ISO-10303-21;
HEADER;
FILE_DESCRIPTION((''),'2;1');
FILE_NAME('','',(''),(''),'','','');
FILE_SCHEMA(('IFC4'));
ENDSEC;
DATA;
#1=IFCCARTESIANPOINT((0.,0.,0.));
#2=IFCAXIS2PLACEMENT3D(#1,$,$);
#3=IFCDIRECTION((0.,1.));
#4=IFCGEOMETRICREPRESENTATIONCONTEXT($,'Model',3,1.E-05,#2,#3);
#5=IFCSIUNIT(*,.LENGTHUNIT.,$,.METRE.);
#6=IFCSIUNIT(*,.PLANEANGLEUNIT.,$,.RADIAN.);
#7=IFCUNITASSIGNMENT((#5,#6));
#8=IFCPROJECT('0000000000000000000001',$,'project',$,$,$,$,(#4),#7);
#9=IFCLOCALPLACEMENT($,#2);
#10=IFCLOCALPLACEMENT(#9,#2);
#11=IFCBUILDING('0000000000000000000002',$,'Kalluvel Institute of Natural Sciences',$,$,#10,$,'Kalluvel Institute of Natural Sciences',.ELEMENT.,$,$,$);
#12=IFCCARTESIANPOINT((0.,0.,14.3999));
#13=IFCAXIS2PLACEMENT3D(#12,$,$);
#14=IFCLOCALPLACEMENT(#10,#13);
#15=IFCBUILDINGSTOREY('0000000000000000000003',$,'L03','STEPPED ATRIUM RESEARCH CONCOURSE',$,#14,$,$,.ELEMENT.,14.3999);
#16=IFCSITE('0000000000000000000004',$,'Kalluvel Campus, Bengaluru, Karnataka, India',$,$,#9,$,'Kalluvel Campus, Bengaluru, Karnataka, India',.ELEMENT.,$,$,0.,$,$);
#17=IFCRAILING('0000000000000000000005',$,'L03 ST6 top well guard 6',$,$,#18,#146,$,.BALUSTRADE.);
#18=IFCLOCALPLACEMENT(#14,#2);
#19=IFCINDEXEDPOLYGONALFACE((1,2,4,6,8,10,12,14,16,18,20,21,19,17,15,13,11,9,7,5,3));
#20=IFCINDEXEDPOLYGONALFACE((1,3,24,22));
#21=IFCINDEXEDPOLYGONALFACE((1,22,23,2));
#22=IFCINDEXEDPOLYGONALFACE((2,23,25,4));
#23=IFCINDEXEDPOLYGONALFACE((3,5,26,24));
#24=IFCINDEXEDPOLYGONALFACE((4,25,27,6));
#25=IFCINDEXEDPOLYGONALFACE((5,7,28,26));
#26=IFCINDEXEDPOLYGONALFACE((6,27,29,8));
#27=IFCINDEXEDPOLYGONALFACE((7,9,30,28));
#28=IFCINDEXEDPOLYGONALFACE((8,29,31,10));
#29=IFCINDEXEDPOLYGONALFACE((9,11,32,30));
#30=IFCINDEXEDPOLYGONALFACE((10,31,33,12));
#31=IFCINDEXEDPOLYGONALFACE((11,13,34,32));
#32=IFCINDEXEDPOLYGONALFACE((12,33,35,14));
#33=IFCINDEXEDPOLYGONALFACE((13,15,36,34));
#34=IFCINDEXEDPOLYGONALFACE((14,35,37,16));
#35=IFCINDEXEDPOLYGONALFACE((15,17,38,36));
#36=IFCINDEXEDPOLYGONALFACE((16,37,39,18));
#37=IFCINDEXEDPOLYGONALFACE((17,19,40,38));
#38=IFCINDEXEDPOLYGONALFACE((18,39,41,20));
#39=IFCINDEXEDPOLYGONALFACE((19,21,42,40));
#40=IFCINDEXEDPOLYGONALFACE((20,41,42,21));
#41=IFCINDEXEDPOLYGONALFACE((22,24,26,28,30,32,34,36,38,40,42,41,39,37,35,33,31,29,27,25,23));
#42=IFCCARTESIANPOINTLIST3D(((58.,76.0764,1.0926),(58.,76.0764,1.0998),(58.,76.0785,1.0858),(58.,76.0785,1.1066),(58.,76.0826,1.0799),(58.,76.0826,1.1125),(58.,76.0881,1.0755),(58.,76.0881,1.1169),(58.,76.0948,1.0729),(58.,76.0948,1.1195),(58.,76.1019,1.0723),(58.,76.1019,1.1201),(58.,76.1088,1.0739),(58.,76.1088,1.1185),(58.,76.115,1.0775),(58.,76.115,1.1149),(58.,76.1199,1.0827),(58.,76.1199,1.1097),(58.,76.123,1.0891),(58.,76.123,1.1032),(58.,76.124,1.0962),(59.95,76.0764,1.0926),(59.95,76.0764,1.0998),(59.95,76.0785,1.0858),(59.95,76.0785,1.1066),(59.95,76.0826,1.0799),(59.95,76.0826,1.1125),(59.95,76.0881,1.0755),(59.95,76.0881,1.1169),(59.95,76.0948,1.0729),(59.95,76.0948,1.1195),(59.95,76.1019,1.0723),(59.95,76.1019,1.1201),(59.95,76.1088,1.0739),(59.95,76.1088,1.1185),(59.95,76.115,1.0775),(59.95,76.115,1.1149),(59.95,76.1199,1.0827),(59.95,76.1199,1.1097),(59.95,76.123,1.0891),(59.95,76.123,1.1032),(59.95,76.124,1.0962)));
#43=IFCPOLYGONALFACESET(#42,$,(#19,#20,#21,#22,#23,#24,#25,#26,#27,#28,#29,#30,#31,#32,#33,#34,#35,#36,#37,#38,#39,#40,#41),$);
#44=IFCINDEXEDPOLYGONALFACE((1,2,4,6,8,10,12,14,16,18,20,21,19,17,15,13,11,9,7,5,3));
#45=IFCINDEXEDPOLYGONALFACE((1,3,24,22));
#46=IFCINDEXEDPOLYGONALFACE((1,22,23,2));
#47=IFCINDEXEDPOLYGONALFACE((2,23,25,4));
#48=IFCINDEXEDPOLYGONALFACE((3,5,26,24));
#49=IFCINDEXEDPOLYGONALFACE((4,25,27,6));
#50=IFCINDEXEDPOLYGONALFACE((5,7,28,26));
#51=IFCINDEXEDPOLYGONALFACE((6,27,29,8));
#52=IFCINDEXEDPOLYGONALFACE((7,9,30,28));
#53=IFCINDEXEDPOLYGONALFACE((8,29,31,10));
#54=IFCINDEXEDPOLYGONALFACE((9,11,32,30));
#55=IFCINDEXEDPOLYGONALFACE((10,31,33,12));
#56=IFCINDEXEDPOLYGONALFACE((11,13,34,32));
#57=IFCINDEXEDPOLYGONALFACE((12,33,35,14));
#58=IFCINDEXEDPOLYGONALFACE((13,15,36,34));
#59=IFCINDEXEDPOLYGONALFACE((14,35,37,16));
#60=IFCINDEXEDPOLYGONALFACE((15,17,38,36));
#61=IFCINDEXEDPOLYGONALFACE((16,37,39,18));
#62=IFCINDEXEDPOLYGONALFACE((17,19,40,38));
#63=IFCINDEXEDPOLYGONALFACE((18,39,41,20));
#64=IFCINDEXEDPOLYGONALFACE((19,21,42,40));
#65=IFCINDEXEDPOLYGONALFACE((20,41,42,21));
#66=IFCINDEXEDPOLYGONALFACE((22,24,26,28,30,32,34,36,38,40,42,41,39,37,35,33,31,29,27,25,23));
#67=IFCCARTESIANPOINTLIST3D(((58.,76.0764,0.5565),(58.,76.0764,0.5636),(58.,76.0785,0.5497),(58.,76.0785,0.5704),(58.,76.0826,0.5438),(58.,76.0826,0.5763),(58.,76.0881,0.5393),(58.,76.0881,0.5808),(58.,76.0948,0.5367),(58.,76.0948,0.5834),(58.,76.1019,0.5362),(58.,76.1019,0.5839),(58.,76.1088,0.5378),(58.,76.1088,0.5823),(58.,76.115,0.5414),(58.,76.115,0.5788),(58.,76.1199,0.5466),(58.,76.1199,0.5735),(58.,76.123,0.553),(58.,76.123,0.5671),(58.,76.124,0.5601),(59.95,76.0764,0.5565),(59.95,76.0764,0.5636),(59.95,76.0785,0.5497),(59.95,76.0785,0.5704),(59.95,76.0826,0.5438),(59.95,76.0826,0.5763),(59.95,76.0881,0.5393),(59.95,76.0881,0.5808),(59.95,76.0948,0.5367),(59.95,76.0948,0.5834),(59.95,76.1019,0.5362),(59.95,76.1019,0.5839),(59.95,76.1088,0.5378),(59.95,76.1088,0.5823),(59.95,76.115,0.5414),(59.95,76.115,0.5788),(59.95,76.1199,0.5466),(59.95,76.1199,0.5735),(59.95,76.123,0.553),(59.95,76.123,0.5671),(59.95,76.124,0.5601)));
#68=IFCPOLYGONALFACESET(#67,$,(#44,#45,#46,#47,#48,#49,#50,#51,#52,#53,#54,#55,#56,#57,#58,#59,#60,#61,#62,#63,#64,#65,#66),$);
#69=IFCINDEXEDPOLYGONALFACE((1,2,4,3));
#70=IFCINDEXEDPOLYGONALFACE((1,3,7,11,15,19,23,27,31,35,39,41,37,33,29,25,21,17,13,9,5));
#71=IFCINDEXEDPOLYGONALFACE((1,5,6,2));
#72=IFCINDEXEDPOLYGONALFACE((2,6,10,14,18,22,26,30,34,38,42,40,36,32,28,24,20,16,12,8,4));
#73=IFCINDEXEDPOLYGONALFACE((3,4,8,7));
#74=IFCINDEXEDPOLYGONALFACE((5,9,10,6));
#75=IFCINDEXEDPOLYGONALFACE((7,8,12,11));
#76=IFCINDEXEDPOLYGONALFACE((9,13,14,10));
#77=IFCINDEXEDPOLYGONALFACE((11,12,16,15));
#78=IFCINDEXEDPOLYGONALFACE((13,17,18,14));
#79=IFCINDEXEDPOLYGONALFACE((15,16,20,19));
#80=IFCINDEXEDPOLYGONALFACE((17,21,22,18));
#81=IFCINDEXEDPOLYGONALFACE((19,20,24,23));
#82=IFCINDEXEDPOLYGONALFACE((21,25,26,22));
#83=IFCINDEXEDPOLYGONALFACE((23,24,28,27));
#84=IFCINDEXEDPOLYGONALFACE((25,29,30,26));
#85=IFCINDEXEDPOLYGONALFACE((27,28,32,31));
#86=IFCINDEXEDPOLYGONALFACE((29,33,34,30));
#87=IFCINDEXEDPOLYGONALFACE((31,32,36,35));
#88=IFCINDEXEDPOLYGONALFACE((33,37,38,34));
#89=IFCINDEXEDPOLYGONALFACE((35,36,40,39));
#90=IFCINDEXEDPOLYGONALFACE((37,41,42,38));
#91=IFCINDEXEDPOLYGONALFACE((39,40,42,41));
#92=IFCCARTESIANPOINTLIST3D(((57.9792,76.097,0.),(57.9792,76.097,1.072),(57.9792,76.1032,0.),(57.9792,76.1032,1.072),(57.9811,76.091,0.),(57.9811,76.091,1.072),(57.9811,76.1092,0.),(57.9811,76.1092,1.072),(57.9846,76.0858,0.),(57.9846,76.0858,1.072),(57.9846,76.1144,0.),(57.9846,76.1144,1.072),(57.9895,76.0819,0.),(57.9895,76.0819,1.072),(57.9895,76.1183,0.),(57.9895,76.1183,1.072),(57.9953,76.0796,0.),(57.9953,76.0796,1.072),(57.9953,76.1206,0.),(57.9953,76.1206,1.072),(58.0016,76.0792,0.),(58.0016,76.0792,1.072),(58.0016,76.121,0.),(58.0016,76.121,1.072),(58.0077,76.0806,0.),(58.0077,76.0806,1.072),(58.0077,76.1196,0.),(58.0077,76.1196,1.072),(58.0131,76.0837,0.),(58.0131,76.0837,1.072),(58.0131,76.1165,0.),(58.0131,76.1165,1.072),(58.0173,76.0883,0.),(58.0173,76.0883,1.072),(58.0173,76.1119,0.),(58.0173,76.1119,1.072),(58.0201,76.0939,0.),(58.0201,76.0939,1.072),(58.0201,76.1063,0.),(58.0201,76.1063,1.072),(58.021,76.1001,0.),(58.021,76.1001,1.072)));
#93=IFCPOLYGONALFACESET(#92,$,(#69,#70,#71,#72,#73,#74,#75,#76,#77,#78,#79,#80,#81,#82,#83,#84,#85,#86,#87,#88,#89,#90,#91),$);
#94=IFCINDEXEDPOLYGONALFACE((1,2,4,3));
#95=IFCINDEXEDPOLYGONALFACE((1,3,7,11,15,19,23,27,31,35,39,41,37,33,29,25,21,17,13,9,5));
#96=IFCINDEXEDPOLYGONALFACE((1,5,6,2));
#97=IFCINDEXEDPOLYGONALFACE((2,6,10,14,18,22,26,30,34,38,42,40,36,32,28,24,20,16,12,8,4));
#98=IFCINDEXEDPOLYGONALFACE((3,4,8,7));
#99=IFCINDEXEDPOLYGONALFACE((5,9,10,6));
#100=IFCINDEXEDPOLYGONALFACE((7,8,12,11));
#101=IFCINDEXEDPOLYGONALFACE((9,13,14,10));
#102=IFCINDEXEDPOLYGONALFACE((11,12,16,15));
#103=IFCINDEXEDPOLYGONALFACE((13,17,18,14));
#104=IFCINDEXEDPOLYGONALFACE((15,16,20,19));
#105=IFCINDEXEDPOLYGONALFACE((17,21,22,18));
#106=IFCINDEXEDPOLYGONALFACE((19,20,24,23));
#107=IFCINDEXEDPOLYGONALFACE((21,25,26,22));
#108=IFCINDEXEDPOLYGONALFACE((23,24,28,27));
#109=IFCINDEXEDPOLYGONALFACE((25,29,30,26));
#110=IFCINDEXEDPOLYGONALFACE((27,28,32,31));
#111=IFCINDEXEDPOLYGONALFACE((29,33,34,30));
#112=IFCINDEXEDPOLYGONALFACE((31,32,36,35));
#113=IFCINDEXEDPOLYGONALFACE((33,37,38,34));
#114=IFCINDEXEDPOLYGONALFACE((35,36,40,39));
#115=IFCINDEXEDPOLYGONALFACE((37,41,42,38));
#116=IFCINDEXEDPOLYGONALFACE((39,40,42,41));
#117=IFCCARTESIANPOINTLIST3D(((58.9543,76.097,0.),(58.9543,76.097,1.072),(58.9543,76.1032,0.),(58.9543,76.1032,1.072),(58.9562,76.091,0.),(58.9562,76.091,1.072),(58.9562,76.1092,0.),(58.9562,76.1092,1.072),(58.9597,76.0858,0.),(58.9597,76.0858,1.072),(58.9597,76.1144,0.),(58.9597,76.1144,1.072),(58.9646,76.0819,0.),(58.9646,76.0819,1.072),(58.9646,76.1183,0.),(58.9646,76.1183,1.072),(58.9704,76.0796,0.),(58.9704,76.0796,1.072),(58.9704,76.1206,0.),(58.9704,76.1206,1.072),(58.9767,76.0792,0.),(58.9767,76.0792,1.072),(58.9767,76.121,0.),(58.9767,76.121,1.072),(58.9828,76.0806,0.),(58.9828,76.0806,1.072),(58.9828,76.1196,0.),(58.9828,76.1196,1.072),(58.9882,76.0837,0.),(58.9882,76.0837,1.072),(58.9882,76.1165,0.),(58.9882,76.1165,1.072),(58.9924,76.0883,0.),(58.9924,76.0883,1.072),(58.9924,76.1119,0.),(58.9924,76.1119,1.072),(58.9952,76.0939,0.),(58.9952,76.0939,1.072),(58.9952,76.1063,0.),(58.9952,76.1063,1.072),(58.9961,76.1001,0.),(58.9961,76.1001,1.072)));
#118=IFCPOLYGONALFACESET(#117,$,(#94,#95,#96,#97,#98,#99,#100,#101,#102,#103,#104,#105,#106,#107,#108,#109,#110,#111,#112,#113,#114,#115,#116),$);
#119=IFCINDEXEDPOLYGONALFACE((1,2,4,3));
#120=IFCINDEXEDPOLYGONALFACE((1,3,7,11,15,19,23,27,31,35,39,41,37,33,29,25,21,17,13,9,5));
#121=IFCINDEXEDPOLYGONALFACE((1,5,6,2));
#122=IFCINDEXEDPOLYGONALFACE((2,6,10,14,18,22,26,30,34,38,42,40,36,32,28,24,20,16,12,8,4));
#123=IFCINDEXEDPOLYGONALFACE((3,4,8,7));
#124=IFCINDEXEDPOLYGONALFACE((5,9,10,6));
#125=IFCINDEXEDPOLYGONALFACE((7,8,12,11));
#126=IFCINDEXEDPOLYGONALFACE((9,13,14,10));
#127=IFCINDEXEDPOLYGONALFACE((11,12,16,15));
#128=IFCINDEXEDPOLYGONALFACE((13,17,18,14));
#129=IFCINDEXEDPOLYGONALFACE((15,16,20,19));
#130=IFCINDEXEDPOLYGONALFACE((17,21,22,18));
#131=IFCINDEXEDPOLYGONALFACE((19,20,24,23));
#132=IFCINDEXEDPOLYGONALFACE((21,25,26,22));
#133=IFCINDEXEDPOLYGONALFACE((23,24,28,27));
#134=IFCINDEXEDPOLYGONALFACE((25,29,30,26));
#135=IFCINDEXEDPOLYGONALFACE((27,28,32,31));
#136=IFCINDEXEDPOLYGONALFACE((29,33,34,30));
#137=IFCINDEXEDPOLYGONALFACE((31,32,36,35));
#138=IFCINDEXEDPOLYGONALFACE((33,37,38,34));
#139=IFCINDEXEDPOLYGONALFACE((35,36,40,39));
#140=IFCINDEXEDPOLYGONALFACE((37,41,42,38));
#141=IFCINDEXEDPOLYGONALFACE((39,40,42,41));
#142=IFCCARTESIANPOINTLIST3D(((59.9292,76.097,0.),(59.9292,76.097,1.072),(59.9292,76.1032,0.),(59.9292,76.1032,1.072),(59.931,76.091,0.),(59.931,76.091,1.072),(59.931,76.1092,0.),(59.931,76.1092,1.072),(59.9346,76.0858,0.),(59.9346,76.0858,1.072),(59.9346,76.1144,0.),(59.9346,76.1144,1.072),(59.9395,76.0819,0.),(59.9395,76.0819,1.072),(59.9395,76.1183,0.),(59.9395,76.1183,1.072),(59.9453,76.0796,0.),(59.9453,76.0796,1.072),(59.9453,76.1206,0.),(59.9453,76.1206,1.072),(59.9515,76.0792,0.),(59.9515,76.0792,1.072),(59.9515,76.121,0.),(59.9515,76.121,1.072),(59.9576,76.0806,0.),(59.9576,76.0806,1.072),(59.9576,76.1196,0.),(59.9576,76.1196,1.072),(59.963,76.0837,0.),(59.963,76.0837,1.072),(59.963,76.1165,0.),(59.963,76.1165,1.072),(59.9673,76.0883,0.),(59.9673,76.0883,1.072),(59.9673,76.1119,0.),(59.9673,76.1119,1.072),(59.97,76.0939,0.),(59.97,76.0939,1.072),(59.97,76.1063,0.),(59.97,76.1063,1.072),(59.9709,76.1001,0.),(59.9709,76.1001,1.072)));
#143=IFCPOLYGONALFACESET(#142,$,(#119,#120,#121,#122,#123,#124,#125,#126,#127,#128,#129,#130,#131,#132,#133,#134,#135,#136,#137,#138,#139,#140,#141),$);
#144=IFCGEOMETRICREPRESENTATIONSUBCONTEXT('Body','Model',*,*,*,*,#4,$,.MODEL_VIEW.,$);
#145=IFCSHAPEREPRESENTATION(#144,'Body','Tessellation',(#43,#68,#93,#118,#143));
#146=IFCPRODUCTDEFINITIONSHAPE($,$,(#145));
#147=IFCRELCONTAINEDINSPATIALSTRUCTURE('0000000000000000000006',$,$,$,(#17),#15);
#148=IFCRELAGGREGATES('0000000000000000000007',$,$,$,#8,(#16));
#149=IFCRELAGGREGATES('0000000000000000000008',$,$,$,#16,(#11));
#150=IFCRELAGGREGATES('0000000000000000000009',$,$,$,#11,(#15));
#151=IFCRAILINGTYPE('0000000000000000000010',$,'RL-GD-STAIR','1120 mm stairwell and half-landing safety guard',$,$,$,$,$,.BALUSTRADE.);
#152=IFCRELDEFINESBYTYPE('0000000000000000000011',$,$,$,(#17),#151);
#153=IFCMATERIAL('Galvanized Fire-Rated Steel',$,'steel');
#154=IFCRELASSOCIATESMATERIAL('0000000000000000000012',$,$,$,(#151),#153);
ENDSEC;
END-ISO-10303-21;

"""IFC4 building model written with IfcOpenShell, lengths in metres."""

from ifc_helpers import new_model, si_unit, direction, frame, origin, origin_2d, place, context, subcontext, project, spatial, circle, extrude, material, type_object, element, save


model = new_model("IFC4")

# Units and contexts
model_context = context("Model", 3, precision=1e-05, world=origin(), true_north=direction((0.0, 1.0)))
body_context = subcontext(model_context, "Body", "Model", "MODEL_VIEW")
ifc_project = project(units=[si_unit("LENGTHUNIT", "METRE"), si_unit("PLANEANGLEUNIT", "RADIAN")], contexts=[model_context])

# Site, building, storey
site_placement = place(None, origin())
site = spatial("IfcSite", under=ifc_project, at=site_placement, Name="Kalluvel Campus, Bengaluru, Karnataka, India", LongName="Kalluvel Campus, Bengaluru, Karnataka, India", CompositionType="ELEMENT", RefElevation=0.0)
building_placement = place(site_placement, origin())
building = spatial("IfcBuilding", under=site, at=building_placement, Name="Kalluvel Institute of Natural Sciences", LongName="Kalluvel Institute of Natural Sciences", CompositionType="ELEMENT")
storey_placement = place(building_placement, frame((0.0, 0.0, 14.3999)))
storey = spatial("IfcBuildingStorey", under=building, at=storey_placement, Name="L03", Description="STEPPED ATRIUM RESEARCH CONCOURSE", CompositionType="ELEMENT", Elevation=14.3999)

# Railing
ifc_material_1 = material(Name="Galvanized Fire-Rated Steel", Category="steel")
railing_type = type_object("IfcRailingType", Name="RL-GD-STAIR", Description="1120 mm stairwell and half-landing safety guard", PredefinedType="BALUSTRADE", material=ifc_material_1)
for number, where, name in (
    (1, (58.0, 76.1001, 0.0), "L03 ST6 top well guard 6"),
):
    element("IfcRailing", number, at=place(storey_placement, frame(where)), inside=storey, type_object=railing_type, Name=name, PredefinedType="BALUSTRADE", context=body_context, shape_type="SweptSolid", body=[
        extrude(circle(Radius=0.0239, at=origin_2d()), frame((0.0, 0.0, 1.0962), z_axis=(1.0, 0.0, 0.0), x_axis=(0.0, 1.0, 0.0)), (0.0, 0.0, 1.0), 1.95),
        extrude(circle(Radius=0.0239, at=origin_2d()), frame((0.0, 0.0, 0.5601), z_axis=(1.0, 0.0, 0.0), x_axis=(0.0, 1.0, 0.0)), (0.0, 0.0, 1.0), 1.95),
        extrude(circle(Radius=0.021, at=origin_2d()), origin(), (0.0, 0.0, 1.0), 1.072),
        extrude(circle(Radius=0.021, at=origin_2d()), frame((0.9751, 0.0, 0.0)), (0.0, 0.0, 1.0), 1.072),
        extrude(circle(Radius=0.021, at=origin_2d()), frame((1.95, 0.0, 0.0)), (0.0, 0.0, 1.0), 1.072),
    ])

save(model, "model.ifc")
